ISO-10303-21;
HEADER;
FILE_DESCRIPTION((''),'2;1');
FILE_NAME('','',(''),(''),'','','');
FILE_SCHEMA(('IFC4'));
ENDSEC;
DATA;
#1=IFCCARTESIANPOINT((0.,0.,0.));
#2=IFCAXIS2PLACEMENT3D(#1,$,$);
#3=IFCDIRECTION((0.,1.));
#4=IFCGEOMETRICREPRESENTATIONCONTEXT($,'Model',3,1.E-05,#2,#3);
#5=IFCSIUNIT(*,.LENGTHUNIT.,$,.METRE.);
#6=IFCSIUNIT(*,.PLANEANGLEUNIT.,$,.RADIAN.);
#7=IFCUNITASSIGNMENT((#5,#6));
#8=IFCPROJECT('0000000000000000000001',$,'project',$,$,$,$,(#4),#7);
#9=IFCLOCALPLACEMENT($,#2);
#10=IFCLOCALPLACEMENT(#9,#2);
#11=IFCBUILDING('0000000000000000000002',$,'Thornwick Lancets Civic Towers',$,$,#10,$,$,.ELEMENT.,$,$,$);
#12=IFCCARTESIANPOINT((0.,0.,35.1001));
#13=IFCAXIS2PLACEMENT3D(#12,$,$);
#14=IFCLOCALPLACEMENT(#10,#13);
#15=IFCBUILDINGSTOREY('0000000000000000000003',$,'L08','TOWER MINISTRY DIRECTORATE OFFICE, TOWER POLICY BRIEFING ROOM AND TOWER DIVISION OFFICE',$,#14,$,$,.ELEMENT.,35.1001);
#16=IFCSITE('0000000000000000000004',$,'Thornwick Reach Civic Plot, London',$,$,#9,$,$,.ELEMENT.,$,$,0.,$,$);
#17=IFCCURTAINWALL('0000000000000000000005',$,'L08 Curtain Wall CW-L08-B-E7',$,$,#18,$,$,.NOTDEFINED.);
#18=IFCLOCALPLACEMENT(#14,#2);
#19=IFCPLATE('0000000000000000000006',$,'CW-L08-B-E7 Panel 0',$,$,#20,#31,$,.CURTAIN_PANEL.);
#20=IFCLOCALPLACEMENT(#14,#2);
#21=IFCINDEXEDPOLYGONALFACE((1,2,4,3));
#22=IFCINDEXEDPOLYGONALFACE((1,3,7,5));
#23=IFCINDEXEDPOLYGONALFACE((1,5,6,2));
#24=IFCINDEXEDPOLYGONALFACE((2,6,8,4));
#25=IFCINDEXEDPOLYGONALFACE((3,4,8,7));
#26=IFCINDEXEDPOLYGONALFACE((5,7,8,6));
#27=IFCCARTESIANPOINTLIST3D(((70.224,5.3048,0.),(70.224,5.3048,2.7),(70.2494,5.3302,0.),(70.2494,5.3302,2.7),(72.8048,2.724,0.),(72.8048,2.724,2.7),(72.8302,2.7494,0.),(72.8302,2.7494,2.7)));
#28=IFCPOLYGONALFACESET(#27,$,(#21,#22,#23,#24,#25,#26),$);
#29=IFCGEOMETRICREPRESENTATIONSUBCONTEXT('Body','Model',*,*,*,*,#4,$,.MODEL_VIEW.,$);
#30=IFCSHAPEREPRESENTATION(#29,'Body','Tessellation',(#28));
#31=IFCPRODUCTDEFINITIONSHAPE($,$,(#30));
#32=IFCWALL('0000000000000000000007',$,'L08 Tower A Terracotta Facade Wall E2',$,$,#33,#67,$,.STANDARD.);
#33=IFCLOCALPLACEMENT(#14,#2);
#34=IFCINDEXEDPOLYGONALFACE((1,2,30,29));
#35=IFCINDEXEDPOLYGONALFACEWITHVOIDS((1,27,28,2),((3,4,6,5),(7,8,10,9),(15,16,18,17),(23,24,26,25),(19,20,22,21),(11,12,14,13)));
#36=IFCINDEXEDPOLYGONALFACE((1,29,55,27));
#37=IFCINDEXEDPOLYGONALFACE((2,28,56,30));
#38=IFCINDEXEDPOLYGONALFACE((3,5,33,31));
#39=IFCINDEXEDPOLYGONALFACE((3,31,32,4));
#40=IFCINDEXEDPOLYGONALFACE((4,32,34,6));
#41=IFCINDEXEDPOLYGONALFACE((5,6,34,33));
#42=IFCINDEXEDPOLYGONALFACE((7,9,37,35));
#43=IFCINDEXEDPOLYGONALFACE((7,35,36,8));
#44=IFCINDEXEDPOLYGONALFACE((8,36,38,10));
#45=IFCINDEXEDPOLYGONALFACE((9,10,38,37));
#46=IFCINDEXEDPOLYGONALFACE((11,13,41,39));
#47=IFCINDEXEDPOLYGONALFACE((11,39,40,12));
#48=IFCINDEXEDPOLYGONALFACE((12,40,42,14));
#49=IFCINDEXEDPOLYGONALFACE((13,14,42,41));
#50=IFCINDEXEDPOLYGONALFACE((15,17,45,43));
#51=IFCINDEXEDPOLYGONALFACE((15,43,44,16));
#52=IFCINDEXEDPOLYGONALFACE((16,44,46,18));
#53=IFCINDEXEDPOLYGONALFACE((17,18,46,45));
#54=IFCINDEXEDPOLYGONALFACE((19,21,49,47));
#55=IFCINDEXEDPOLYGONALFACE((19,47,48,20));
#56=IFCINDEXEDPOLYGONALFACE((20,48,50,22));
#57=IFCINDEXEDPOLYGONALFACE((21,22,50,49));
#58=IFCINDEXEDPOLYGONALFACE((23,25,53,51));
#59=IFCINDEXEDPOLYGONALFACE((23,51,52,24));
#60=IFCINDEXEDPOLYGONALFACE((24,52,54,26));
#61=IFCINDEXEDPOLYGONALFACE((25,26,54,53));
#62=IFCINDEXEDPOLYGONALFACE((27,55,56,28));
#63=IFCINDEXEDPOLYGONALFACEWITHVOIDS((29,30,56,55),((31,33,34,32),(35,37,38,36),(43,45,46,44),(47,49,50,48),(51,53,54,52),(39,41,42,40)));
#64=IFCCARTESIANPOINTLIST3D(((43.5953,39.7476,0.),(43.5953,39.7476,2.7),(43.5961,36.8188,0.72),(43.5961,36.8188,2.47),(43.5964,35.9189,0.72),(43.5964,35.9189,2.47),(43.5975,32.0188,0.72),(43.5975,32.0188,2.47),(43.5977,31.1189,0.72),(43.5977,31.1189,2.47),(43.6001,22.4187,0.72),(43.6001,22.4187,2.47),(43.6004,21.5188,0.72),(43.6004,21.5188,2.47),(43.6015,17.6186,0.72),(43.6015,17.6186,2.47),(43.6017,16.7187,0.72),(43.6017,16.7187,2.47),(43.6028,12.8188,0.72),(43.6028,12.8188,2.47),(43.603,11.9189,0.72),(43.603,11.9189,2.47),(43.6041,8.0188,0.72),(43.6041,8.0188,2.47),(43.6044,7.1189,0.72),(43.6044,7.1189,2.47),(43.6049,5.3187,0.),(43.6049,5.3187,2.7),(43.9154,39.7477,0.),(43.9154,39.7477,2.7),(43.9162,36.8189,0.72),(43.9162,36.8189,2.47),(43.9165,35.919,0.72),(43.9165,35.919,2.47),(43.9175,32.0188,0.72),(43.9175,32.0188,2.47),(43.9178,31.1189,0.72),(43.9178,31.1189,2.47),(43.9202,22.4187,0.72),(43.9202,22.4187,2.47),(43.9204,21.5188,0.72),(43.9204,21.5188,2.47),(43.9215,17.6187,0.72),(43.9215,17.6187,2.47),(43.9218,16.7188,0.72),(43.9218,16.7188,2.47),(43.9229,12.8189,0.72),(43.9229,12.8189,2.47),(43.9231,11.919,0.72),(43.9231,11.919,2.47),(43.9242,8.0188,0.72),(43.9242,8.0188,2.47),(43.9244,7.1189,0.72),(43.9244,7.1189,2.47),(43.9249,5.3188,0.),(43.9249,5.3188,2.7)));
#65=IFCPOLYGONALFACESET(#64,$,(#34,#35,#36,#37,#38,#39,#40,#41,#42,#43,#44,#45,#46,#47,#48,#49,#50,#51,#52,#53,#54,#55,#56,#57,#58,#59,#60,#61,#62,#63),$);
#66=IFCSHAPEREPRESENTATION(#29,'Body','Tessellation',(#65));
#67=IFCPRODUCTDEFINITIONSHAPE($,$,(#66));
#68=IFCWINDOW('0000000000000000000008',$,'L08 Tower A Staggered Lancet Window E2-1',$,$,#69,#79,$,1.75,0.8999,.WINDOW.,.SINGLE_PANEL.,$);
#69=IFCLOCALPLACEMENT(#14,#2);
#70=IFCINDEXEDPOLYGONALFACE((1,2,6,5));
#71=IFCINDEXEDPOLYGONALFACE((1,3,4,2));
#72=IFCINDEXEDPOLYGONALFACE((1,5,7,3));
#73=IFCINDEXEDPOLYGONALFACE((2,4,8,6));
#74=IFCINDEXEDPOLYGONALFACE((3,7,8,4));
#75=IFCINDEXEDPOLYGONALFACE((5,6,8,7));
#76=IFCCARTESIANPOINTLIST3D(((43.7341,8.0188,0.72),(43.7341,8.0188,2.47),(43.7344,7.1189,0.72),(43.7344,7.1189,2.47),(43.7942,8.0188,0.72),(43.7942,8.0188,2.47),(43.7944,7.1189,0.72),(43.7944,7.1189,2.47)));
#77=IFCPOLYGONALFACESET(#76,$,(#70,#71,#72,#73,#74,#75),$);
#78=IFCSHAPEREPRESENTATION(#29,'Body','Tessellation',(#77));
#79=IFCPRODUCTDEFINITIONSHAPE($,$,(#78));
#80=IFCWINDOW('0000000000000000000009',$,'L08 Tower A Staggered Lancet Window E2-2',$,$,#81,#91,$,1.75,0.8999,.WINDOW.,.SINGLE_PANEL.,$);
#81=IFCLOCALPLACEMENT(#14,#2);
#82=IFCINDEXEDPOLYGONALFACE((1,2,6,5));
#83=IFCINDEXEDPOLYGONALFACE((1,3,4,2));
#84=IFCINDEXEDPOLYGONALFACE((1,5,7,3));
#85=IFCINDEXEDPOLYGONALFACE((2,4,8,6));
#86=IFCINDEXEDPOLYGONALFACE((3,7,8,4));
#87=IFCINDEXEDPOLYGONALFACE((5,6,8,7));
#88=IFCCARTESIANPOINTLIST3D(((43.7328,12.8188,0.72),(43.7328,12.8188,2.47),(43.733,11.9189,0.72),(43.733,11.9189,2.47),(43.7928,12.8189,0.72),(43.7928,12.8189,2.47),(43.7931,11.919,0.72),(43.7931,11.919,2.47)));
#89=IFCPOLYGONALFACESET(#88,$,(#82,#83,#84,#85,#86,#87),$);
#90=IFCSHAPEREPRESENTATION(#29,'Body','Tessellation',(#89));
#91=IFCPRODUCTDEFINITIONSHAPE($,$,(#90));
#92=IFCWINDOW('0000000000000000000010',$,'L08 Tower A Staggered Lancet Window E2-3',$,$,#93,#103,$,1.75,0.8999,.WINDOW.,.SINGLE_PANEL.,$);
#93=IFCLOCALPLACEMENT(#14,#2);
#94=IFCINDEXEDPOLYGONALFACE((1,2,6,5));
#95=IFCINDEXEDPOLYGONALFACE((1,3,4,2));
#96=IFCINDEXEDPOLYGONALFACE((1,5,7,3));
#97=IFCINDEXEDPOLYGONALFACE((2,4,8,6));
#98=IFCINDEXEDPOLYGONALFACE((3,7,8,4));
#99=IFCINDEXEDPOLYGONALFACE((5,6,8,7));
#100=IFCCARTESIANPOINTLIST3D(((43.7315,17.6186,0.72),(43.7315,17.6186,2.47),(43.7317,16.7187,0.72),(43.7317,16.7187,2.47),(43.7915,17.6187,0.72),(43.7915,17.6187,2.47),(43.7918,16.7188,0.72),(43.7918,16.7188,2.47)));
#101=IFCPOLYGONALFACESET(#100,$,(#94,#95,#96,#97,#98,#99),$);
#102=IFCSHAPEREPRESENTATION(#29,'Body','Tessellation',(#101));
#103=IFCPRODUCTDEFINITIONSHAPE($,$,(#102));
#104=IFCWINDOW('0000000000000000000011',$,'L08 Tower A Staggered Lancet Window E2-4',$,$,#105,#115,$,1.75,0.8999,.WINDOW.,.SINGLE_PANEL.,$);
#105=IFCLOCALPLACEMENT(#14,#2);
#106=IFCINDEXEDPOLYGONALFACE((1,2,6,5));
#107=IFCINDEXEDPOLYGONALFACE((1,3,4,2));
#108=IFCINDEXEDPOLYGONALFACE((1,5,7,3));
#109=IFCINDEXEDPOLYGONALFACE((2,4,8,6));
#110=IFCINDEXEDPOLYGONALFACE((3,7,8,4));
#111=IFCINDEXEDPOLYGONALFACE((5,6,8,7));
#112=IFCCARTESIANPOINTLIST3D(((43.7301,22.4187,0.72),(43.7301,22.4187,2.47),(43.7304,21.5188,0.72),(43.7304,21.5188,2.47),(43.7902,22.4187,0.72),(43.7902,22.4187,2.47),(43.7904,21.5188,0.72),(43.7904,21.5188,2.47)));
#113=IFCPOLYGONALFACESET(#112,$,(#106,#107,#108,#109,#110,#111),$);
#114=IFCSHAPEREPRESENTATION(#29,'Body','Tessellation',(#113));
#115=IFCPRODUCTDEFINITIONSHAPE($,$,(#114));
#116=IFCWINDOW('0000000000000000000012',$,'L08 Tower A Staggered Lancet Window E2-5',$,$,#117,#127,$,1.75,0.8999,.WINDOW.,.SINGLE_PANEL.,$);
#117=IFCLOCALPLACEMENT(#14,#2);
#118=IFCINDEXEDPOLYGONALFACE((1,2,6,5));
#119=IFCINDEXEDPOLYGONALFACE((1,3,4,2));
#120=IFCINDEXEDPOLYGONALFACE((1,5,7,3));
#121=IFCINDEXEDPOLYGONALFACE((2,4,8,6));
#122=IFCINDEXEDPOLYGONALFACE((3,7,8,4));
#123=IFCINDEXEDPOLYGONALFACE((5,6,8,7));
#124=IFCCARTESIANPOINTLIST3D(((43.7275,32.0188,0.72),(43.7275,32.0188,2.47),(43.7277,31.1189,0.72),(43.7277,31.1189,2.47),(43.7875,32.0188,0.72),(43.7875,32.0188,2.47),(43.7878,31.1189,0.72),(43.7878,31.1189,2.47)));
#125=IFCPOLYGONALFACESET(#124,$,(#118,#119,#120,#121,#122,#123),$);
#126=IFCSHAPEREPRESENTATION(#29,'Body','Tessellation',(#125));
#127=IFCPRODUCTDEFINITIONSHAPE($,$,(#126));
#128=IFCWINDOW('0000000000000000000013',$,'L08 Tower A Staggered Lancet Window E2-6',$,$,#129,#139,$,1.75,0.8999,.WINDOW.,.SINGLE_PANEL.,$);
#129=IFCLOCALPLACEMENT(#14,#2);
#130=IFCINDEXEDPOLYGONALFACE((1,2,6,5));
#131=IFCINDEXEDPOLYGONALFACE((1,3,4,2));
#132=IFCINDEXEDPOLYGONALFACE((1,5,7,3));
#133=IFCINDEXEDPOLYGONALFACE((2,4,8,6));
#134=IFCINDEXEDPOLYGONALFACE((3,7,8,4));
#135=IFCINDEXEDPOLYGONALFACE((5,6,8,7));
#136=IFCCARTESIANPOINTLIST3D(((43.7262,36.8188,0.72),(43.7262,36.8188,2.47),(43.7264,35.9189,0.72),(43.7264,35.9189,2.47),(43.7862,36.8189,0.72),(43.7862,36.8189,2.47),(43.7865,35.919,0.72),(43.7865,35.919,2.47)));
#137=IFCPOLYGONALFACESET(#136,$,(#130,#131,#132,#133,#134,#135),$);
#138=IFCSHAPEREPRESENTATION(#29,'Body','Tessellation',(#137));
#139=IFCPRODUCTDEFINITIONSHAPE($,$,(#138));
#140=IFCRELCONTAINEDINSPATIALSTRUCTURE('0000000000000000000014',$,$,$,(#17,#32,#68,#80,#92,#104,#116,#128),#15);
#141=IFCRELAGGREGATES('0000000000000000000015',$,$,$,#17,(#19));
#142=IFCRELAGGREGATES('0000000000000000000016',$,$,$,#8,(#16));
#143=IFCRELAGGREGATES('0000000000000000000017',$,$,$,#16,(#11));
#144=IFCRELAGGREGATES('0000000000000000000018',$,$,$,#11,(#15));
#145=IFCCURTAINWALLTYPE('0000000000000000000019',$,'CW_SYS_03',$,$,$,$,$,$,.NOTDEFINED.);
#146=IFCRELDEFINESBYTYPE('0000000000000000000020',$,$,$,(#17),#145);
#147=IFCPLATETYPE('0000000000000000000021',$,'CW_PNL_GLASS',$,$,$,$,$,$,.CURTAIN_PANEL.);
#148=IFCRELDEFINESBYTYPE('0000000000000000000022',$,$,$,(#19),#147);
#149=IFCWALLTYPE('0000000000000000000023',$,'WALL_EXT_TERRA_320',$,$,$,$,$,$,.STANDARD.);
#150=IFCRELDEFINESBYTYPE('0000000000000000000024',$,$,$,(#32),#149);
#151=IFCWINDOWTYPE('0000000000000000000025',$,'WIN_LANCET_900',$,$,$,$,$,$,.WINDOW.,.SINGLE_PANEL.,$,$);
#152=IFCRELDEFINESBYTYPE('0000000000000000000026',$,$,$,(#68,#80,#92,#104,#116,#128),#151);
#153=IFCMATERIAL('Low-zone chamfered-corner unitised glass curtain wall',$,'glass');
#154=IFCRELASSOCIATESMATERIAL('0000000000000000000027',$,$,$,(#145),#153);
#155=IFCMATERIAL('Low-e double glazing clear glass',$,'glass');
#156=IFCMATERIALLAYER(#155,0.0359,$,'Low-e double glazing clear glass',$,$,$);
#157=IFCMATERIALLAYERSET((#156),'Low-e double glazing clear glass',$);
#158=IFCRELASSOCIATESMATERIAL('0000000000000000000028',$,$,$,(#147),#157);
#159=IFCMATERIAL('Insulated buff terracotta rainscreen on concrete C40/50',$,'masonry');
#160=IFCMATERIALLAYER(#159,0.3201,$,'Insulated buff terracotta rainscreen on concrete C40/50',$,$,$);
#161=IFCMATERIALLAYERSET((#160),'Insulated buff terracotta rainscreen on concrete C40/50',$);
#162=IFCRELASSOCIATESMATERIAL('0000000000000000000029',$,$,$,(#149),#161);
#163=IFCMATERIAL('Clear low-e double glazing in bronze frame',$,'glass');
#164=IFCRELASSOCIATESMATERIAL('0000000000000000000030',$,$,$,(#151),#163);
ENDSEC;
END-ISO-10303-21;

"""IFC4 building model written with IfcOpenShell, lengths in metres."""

from ifc_helpers import new_model, si_unit, direction, frame, frame_2d, origin, origin_2d, place, context, subcontext, project, spatial, rectangle, extrude, material, layer, layer_set, type_object, element, fill, aggregate, save


model = new_model("IFC4")

# Units and contexts
model_context = context("Model", 3, precision=1e-05, world=origin(), true_north=direction((0.0, 1.0)))
body_context = subcontext(model_context, "Body", "Model", "MODEL_VIEW")
ifc_project = project(units=[si_unit("LENGTHUNIT", "METRE"), si_unit("PLANEANGLEUNIT", "RADIAN")], contexts=[model_context])

# Site, building, storey
site_placement = place(None, origin())
site = spatial("IfcSite", under=ifc_project, at=site_placement, Name="Thornwick Reach Civic Plot, London", CompositionType="ELEMENT", RefElevation=0.0)
building_placement = place(site_placement, origin())
building = spatial("IfcBuilding", under=site, at=building_placement, Name="Thornwick Lancets Civic Towers", CompositionType="ELEMENT")
storey_placement = place(building_placement, frame((0.0, 0.0, 35.1001)))
storey = spatial("IfcBuildingStorey", under=building, at=storey_placement, Name="L08", Description="TOWER MINISTRY DIRECTORATE OFFICE, TOWER POLICY BRIEFING ROOM AND TOWER DIVISION OFFICE", CompositionType="ELEMENT", Elevation=35.1001)

# Shared definitions
ifc_material_1 = material(Name="Low-zone chamfered-corner unitised glass curtain wall", Category="glass")
curtain_wall_type = type_object("IfcCurtainWallType", Name="CW_SYS_03", PredefinedType="NOTDEFINED", material=ifc_material_1)

# Curtain wall, plate
curtain_wall_1_placement = place(storey_placement, origin())
curtain_wall_1 = element("IfcCurtainWall", 1, at=curtain_wall_1_placement, inside=storey, type_object=curtain_wall_type, Name="L08 Curtain Wall CW-L08-B-E7", PredefinedType="NOTDEFINED")
ifc_material_2 = material(Name="Low-e double glazing clear glass", Category="glass")
ifc_layer_1 = layer(ifc_material_2, 0.0359, Name="Low-e double glazing clear glass")
ifc_layer_set_1 = layer_set([ifc_layer_1], Name="Low-e double glazing clear glass")
plate_type = type_object("IfcPlateType", Name="CW_PNL_GLASS", PredefinedType="CURTAIN_PANEL", material=ifc_layer_set_1)
plate_placement = place(storey_placement, frame((71.5271, 4.0271, 0.0), z_axis=(0.0, 0.0, 1.0), x_axis=(0.707107, -0.707107, 0.0)))
plate = element("IfcPlate", 2, at=plate_placement, type_object=plate_type, Name="CW-L08-B-E7 Panel 0", PredefinedType="CURTAIN_PANEL", context=body_context, shape_type="SweptSolid", body=[
    extrude(rectangle(XDim=3.6499, YDim=0.0359, at=origin_2d()), origin(), (0.0, 0.0, 1.0), 2.7),
])
aggregate(curtain_wall_1, [plate])

# Wall, openings, windows
ifc_material_3 = material(Name="Insulated buff terracotta rainscreen on concrete C40/50", Category="masonry")
ifc_layer_2 = layer(ifc_material_3, 0.3201, Name="Insulated buff terracotta rainscreen on concrete C40/50")
ifc_layer_set_2 = layer_set([ifc_layer_2], Name="Insulated buff terracotta rainscreen on concrete C40/50")
wall_type_1 = type_object("IfcWallType", Name="WALL_EXT_TERRA_320", PredefinedType="STANDARD", material=ifc_layer_set_2)
wall_1_placement = place(storey_placement, frame((43.7649, 5.3188, 0.0), z_axis=(0.0, 0.0, 1.0), x_axis=(-0.000277, 1.0, 0.0)))
wall_1 = element("IfcWall", 3, at=wall_1_placement, inside=storey, type_object=wall_type_1, Name="L08 Tower A Terracotta Facade Wall E2", PredefinedType="STANDARD", context=body_context, shape_type="SweptSolid", body=[
    extrude(rectangle(XDim=34.429, YDim=0.3201, at=frame_2d((17.2144, 0.0))), origin(), (0.0, 0.0, 1.0), 2.7),
])
opening_1_placement = place(wall_1_placement, frame((1.8, 0.0, 0.72)))
opening_1 = element("IfcOpeningElement", 4, at=opening_1_placement, cuts=wall_1, PredefinedType="OPENING", context=body_context, shape_type="SweptSolid", body=[
    extrude(rectangle(XDim=0.8999, YDim=1.75, at=frame_2d((0.45, 0.875))), frame((0.0, 0.1699, 0.0), z_axis=(0.0, -1.0, 0.0), x_axis=(1.0, 0.0, 0.0)), (0.0, 0.0, 1.0), 0.3401),
])
opening_2_placement = place(wall_1_placement, frame((6.6001, 0.0, 0.72)))
opening_2 = element("IfcOpeningElement", 5, at=opening_2_placement, cuts=wall_1, PredefinedType="OPENING", context=body_context, shape_type="SweptSolid", body=[
    extrude(rectangle(XDim=0.8999, YDim=1.75, at=frame_2d((0.45, 0.875))), frame((0.0, 0.1699, 0.0), z_axis=(0.0, -1.0, 0.0), x_axis=(1.0, 0.0, 0.0)), (0.0, 0.0, 1.0), 0.3401),
])
opening_3_placement = place(wall_1_placement, frame((11.3999, 0.0, 0.72)))
opening_3 = element("IfcOpeningElement", 6, at=opening_3_placement, cuts=wall_1, PredefinedType="OPENING", context=body_context, shape_type="SweptSolid", body=[
    extrude(rectangle(XDim=0.8999, YDim=1.75, at=frame_2d((0.45, 0.875))), frame((0.0, 0.1699, 0.0), z_axis=(0.0, -1.0, 0.0), x_axis=(1.0, 0.0, 0.0)), (0.0, 0.0, 1.0), 0.3401),
])
opening_4_placement = place(wall_1_placement, frame((16.2, 0.0, 0.72)))
opening_4 = element("IfcOpeningElement", 7, at=opening_4_placement, cuts=wall_1, PredefinedType="OPENING", context=body_context, shape_type="SweptSolid", body=[
    extrude(rectangle(XDim=0.8999, YDim=1.75, at=frame_2d((0.45, 0.875))), frame((0.0, 0.1699, 0.0), z_axis=(0.0, -1.0, 0.0), x_axis=(1.0, 0.0, 0.0)), (0.0, 0.0, 1.0), 0.3401),
])
opening_5_placement = place(wall_1_placement, frame((25.8, 0.0, 0.72)))
opening_5 = element("IfcOpeningElement", 8, at=opening_5_placement, cuts=wall_1, PredefinedType="OPENING", context=body_context, shape_type="SweptSolid", body=[
    extrude(rectangle(XDim=0.8999, YDim=1.75, at=frame_2d((0.45, 0.875))), frame((0.0, 0.1699, 0.0), z_axis=(0.0, -1.0, 0.0), x_axis=(1.0, 0.0, 0.0)), (0.0, 0.0, 1.0), 0.3401),
])
opening_6_placement = place(wall_1_placement, frame((30.6001, 0.0, 0.72)))
opening_6 = element("IfcOpeningElement", 9, at=opening_6_placement, cuts=wall_1, PredefinedType="OPENING", context=body_context, shape_type="SweptSolid", body=[
    extrude(rectangle(XDim=0.8999, YDim=1.75, at=frame_2d((0.45, 0.875))), frame((0.0, 0.1699, 0.0), z_axis=(0.0, -1.0, 0.0), x_axis=(1.0, 0.0, 0.0)), (0.0, 0.0, 1.0), 0.3401),
])
ifc_material_4 = material(Name="Clear low-e double glazing in bronze frame", Category="glass")
window_type = type_object("IfcWindowType", Name="WIN_LANCET_900", PartitioningType="SINGLE_PANEL", PredefinedType="WINDOW", material=ifc_material_4)
window_1_placement = place(opening_1_placement, origin())
window_1 = element("IfcWindow", 10, at=window_1_placement, inside=storey, type_object=window_type, Name="L08 Tower A Staggered Lancet Window E2-1", OverallHeight=1.75, OverallWidth=0.8999, PartitioningType="SINGLE_PANEL", PredefinedType="WINDOW", context=body_context, shape_type="SweptSolid", body=[
    extrude(rectangle(XDim=0.8999, YDim=1.75, at=frame_2d((0.45, 0.875))), frame((0.0, 0.03, 0.0), z_axis=(0.0, -1.0, 0.0), x_axis=(1.0, 0.0, 0.0)), (0.0, 0.0, 1.0), 0.0601),
])
fill(opening_1, window_1)
window_2_placement = place(opening_2_placement, origin())
window_2 = element("IfcWindow", 11, at=window_2_placement, inside=storey, type_object=window_type, Name="L08 Tower A Staggered Lancet Window E2-2", OverallHeight=1.75, OverallWidth=0.8999, PartitioningType="SINGLE_PANEL", PredefinedType="WINDOW", context=body_context, shape_type="SweptSolid", body=[
    extrude(rectangle(XDim=0.8999, YDim=1.75, at=frame_2d((0.45, 0.875))), frame((0.0, 0.03, 0.0), z_axis=(0.0, -1.0, 0.0), x_axis=(1.0, 0.0, 0.0)), (0.0, 0.0, 1.0), 0.0601),
])
fill(opening_2, window_2)
window_3_placement = place(opening_3_placement, origin())
window_3 = element("IfcWindow", 12, at=window_3_placement, inside=storey, type_object=window_type, Name="L08 Tower A Staggered Lancet Window E2-3", OverallHeight=1.75, OverallWidth=0.8999, PartitioningType="SINGLE_PANEL", PredefinedType="WINDOW", context=body_context, shape_type="SweptSolid", body=[
    extrude(rectangle(XDim=0.8999, YDim=1.75, at=frame_2d((0.45, 0.875))), frame((0.0, 0.03, 0.0), z_axis=(0.0, -1.0, 0.0), x_axis=(1.0, 0.0, 0.0)), (0.0, 0.0, 1.0), 0.0601),
])
fill(opening_3, window_3)
window_4_placement = place(opening_4_placement, origin())
window_4 = element("IfcWindow", 13, at=window_4_placement, inside=storey, type_object=window_type, Name="L08 Tower A Staggered Lancet Window E2-4", OverallHeight=1.75, OverallWidth=0.8999, PartitioningType="SINGLE_PANEL", PredefinedType="WINDOW", context=body_context, shape_type="SweptSolid", body=[
    extrude(rectangle(XDim=0.8999, YDim=1.75, at=frame_2d((0.45, 0.875))), frame((0.0, 0.03, 0.0), z_axis=(0.0, -1.0, 0.0), x_axis=(1.0, 0.0, 0.0)), (0.0, 0.0, 1.0), 0.0601),
])
fill(opening_4, window_4)
window_5_placement = place(opening_5_placement, origin())
window_5 = element("IfcWindow", 14, at=window_5_placement, inside=storey, type_object=window_type, Name="L08 Tower A Staggered Lancet Window E2-5", OverallHeight=1.75, OverallWidth=0.8999, PartitioningType="SINGLE_PANEL", PredefinedType="WINDOW", context=body_context, shape_type="SweptSolid", body=[
    extrude(rectangle(XDim=0.8999, YDim=1.75, at=frame_2d((0.45, 0.875))), frame((0.0, 0.03, 0.0), z_axis=(0.0, -1.0, 0.0), x_axis=(1.0, 0.0, 0.0)), (0.0, 0.0, 1.0), 0.0601),
])
fill(opening_5, window_5)
window_6_placement = place(opening_6_placement, origin())
window_6 = element("IfcWindow", 15, at=window_6_placement, inside=storey, type_object=window_type, Name="L08 Tower A Staggered Lancet Window E2-6", OverallHeight=1.75, OverallWidth=0.8999, PartitioningType="SINGLE_PANEL", PredefinedType="WINDOW", context=body_context, shape_type="SweptSolid", body=[
    extrude(rectangle(XDim=0.8999, YDim=1.75, at=frame_2d((0.45, 0.875))), frame((0.0, 0.03, 0.0), z_axis=(0.0, -1.0, 0.0), x_axis=(1.0, 0.0, 0.0)), (0.0, 0.0, 1.0), 0.0601),
])
fill(opening_6, window_6)

save(model, "model.ifc")
